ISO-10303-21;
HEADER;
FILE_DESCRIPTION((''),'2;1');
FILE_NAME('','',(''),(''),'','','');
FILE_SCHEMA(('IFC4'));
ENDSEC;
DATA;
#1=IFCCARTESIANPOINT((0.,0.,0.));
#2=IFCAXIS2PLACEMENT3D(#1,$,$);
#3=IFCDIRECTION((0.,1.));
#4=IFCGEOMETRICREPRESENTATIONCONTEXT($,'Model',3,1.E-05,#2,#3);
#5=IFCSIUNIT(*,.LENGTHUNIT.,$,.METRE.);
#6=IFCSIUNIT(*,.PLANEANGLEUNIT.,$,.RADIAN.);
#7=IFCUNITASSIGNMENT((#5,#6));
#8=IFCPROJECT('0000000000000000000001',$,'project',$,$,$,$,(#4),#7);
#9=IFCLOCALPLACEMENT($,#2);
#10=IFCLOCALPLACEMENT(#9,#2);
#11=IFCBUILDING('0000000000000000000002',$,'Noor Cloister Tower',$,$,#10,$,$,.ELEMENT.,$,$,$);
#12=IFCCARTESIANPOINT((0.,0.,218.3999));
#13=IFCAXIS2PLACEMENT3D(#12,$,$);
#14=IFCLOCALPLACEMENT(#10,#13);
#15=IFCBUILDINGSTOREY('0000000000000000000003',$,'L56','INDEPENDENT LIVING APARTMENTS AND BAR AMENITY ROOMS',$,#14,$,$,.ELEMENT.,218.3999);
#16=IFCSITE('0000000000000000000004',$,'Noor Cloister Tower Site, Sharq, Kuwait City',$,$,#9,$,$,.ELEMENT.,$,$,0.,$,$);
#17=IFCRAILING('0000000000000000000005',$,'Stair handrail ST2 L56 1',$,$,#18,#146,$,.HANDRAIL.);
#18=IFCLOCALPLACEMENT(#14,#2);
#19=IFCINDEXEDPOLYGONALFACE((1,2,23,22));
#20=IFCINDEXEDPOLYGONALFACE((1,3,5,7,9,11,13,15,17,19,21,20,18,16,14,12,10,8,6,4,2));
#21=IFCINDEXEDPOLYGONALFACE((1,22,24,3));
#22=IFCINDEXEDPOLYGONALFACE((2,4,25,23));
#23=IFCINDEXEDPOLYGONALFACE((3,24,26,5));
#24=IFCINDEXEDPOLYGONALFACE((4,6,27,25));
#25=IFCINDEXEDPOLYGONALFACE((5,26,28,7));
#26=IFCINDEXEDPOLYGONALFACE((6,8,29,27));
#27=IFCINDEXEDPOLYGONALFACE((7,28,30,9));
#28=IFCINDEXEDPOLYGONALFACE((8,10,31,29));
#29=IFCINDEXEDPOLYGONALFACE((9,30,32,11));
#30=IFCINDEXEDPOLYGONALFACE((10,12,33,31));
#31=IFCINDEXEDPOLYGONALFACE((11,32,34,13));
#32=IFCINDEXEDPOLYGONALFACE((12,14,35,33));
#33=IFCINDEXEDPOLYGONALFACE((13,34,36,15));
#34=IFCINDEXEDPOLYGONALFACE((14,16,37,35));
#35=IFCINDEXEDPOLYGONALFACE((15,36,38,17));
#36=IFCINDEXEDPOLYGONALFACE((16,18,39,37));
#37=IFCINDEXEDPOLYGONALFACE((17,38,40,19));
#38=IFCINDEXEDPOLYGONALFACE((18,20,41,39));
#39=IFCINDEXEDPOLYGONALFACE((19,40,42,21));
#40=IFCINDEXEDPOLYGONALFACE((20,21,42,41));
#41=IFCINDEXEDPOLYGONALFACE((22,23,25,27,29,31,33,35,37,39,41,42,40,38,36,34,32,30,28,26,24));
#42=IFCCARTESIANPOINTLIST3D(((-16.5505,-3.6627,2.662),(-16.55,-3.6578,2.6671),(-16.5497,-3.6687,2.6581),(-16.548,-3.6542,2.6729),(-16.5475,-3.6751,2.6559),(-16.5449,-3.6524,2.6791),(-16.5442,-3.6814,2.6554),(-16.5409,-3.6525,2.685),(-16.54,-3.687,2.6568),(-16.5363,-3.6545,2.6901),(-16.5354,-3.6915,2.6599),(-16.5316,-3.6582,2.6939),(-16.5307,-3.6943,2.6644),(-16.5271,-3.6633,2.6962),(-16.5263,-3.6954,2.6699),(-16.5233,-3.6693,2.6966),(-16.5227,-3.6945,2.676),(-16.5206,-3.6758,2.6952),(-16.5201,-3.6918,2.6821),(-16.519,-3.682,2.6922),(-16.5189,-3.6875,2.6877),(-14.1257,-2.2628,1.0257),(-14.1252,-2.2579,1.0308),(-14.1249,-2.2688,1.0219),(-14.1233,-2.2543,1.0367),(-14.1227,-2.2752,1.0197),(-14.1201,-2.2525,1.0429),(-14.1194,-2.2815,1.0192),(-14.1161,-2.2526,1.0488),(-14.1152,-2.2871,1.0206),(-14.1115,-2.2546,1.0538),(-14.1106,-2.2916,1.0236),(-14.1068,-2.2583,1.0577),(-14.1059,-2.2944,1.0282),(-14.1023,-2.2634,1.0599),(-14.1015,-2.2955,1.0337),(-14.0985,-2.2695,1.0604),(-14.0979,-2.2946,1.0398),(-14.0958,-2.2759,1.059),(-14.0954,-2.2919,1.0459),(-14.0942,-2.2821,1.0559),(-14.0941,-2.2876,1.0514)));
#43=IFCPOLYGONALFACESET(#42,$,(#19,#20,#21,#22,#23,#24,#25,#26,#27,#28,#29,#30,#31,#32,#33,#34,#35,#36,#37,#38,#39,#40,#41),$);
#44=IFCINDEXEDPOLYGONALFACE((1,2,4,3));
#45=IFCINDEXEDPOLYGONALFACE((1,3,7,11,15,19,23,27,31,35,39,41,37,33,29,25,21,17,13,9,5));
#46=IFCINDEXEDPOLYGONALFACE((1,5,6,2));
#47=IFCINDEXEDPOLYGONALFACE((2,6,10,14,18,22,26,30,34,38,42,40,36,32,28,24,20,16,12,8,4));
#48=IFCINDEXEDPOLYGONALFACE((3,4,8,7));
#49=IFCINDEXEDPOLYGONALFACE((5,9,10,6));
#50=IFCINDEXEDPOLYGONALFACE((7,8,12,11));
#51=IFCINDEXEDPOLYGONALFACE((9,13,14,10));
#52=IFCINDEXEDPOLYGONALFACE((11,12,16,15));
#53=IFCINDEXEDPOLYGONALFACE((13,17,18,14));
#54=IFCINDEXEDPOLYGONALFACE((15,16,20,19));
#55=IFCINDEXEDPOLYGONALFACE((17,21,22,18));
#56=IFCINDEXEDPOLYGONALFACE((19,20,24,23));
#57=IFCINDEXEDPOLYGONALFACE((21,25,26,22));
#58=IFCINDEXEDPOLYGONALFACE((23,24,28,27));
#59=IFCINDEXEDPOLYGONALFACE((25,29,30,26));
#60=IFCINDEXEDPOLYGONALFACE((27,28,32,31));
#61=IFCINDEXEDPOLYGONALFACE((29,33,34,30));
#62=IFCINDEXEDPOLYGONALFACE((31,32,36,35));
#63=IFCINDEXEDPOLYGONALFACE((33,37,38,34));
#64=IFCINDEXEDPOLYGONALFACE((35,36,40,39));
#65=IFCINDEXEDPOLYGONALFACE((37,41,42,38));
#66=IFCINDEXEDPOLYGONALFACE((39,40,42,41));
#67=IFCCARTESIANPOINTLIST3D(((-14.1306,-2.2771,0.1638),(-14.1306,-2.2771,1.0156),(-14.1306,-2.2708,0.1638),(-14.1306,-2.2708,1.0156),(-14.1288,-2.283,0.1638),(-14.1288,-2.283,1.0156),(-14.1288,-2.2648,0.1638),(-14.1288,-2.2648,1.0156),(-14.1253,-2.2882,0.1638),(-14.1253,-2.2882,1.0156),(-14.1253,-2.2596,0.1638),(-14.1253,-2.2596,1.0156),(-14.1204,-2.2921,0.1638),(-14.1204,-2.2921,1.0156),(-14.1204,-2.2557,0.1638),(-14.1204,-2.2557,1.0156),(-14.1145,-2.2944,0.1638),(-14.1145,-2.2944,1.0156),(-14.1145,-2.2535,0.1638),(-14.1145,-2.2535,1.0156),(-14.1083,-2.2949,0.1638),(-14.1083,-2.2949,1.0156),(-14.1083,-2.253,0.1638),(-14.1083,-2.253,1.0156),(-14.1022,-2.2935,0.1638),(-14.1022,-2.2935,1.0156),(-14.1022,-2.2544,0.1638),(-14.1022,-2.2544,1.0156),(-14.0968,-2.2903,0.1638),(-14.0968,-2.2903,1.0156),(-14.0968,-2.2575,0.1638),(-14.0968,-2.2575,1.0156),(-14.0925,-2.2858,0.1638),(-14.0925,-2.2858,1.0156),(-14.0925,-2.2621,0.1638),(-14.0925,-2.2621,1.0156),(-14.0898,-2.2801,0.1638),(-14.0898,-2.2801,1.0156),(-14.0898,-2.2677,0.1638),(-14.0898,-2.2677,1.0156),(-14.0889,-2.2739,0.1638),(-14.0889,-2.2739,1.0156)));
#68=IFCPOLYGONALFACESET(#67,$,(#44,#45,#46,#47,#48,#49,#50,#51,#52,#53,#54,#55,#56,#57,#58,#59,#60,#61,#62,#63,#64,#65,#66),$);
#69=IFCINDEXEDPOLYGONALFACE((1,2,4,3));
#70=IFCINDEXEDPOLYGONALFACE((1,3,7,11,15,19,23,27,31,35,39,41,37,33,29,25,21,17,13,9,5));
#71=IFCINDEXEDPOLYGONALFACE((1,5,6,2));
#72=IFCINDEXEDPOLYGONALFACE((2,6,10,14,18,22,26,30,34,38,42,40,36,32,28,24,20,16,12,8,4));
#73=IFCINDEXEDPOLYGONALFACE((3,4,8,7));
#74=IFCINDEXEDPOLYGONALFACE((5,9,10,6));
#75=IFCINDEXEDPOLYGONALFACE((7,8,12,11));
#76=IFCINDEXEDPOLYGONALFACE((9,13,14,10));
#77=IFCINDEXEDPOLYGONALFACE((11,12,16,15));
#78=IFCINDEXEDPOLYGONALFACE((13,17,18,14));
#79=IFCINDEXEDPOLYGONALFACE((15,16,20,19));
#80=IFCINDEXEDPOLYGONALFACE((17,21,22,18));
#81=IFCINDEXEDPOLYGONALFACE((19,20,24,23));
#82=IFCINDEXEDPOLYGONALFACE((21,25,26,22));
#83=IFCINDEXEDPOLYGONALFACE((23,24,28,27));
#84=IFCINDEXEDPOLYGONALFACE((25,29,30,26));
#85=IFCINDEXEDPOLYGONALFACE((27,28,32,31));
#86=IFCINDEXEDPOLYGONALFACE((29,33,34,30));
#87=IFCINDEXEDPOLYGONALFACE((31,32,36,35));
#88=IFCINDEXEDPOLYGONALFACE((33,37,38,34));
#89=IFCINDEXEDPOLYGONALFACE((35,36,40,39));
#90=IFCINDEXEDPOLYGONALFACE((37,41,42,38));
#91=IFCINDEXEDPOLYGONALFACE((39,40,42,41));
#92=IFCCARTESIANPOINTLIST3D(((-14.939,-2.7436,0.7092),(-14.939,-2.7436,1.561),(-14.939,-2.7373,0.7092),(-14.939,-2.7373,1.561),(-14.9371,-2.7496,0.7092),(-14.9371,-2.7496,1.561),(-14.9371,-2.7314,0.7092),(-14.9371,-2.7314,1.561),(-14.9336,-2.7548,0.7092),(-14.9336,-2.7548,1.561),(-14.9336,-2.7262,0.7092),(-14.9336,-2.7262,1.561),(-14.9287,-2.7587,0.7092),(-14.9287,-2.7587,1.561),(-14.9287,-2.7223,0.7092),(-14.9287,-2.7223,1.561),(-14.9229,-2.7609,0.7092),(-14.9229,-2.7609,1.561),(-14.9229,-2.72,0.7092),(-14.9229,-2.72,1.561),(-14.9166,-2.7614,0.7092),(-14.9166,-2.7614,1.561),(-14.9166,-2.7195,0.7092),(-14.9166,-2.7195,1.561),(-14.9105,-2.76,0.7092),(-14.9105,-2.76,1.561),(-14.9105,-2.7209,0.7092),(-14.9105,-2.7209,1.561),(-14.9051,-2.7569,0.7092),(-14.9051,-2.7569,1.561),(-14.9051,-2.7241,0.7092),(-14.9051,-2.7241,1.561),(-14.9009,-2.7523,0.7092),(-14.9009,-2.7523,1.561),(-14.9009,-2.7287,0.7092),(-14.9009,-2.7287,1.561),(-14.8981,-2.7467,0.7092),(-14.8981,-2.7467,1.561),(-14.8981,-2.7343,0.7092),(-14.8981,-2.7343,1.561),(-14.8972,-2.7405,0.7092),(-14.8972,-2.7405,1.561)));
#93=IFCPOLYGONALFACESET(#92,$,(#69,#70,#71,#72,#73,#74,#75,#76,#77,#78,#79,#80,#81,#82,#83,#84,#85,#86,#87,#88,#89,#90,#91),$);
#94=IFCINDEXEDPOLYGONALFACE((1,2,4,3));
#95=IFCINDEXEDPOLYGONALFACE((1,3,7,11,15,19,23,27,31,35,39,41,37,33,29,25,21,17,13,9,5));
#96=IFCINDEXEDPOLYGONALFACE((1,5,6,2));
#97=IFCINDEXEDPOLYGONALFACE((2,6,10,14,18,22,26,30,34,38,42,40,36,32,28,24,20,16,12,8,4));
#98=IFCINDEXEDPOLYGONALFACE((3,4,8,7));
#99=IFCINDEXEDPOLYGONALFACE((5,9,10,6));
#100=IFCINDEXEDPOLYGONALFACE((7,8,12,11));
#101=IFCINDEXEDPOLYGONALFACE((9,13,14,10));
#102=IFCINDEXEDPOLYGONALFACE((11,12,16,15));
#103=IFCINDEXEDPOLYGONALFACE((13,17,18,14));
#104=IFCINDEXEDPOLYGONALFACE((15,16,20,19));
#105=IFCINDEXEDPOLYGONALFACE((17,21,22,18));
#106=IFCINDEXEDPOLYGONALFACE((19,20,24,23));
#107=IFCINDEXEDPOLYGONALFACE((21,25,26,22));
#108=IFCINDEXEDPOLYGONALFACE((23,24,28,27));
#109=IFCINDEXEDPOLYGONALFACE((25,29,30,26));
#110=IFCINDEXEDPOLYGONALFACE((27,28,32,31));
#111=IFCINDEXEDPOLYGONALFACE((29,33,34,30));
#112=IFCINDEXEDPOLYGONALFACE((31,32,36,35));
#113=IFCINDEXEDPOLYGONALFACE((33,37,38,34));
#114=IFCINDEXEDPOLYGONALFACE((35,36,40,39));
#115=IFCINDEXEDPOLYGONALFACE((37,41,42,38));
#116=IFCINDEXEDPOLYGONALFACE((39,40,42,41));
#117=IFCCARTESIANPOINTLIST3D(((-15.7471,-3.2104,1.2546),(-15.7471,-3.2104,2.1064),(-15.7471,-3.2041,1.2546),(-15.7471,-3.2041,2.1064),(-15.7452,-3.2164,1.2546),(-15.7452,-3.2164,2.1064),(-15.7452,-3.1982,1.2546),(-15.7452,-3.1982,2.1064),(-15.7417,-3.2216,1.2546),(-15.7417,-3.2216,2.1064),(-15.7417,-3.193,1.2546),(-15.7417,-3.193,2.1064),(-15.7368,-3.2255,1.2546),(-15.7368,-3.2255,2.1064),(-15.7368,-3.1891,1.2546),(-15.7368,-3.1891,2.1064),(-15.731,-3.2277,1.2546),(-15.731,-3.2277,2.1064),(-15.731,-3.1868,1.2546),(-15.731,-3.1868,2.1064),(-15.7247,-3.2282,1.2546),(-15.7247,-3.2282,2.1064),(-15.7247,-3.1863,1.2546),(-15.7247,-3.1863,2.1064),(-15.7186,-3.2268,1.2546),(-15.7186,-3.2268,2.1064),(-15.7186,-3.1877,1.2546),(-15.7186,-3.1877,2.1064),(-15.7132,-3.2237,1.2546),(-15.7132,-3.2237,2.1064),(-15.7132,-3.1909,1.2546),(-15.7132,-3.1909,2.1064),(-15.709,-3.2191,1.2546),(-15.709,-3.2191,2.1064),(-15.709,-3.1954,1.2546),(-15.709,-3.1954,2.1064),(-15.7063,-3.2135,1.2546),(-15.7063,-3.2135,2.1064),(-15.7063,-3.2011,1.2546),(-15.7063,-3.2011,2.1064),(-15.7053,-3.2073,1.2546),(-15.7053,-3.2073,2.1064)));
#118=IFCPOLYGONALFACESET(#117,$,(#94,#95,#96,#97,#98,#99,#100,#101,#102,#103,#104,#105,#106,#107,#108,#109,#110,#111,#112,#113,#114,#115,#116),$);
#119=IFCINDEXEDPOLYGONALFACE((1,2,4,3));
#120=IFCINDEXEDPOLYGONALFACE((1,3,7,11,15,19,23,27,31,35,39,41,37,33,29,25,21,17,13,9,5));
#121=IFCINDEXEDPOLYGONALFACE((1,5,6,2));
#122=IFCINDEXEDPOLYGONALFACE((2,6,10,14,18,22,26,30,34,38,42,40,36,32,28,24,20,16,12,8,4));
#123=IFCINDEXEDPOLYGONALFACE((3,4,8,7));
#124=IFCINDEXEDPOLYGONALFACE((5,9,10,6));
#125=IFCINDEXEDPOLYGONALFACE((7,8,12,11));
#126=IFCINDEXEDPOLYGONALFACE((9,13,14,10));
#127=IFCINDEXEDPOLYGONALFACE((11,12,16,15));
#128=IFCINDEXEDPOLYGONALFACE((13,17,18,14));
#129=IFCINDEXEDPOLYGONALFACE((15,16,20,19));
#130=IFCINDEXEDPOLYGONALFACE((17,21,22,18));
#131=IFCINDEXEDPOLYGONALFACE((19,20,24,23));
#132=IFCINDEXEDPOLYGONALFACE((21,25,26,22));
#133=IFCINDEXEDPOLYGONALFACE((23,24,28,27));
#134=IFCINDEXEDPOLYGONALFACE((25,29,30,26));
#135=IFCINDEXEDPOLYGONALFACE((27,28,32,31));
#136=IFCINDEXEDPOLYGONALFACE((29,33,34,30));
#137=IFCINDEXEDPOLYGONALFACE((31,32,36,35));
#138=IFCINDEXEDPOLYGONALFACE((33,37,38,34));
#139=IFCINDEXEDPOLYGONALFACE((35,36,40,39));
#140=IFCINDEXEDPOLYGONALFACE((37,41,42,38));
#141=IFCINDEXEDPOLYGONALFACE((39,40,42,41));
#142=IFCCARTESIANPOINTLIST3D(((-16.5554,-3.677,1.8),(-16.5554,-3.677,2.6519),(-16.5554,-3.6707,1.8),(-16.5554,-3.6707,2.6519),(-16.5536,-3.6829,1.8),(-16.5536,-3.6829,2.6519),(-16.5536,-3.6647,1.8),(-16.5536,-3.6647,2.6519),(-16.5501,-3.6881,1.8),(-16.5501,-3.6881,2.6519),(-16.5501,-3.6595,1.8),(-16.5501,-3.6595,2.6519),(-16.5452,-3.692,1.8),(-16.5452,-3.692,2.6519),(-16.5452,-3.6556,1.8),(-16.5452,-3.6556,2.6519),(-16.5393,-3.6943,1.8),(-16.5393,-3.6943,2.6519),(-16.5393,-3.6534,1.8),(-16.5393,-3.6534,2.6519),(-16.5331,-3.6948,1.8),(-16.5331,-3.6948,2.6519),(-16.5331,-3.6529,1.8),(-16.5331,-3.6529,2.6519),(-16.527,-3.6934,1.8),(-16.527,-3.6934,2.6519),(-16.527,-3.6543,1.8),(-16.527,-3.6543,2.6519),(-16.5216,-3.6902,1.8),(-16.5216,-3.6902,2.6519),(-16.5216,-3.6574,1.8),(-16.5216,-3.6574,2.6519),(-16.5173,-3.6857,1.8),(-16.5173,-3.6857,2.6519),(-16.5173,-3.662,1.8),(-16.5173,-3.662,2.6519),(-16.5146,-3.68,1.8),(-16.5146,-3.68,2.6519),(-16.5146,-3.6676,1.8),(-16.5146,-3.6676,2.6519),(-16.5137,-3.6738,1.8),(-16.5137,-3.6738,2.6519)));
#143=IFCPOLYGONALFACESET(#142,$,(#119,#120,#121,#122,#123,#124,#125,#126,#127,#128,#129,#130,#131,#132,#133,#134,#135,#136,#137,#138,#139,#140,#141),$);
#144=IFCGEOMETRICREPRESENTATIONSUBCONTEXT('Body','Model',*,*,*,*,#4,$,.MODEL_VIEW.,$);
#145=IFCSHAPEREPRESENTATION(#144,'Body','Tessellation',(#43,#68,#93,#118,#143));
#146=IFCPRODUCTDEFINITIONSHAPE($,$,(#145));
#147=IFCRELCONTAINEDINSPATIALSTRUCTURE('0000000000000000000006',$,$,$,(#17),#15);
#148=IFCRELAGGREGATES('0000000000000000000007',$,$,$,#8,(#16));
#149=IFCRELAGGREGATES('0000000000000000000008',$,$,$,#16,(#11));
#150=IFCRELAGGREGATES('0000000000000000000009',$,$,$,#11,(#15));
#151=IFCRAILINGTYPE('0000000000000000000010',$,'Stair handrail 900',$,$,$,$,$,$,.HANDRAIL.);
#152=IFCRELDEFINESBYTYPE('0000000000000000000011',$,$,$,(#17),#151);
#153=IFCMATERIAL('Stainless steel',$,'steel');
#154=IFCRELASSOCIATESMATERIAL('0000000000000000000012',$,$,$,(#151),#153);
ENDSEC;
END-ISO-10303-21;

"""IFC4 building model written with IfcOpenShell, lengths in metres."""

from ifc_helpers import new_model, si_unit, direction, frame, origin, origin_2d, place, context, subcontext, project, spatial, circle, extrude, material, type_object, element, save


model = new_model("IFC4")

# Units and contexts
model_context = context("Model", 3, precision=1e-05, world=origin(), true_north=direction((0.0, 1.0)))
body_context = subcontext(model_context, "Body", "Model", "MODEL_VIEW")
ifc_project = project(units=[si_unit("LENGTHUNIT", "METRE"), si_unit("PLANEANGLEUNIT", "RADIAN")], contexts=[model_context])

# Site, building, storey
site_placement = place(None, origin())
site = spatial("IfcSite", under=ifc_project, at=site_placement, Name="Noor Cloister Tower Site, Sharq, Kuwait City", CompositionType="ELEMENT", RefElevation=0.0)
building_placement = place(site_placement, origin())
building = spatial("IfcBuilding", under=site, at=building_placement, Name="Noor Cloister Tower", CompositionType="ELEMENT")
storey_placement = place(building_placement, frame((0.0, 0.0, 218.3999)))
storey = spatial("IfcBuildingStorey", under=building, at=storey_placement, Name="L56", Description="INDEPENDENT LIVING APARTMENTS AND BAR AMENITY ROOMS", CompositionType="ELEMENT", Elevation=218.3999)

# Railing
ifc_material_1 = material(Name="Stainless steel", Category="steel")
railing_type_1 = type_object("IfcRailingType", Name="Stair handrail 900", PredefinedType="HANDRAIL", material=ifc_material_1)
railing_1_placement = place(storey_placement, frame((-14.1099, -2.2739, 0.1638)))
element("IfcRailing", 1, at=railing_1_placement, inside=storey, type_object=railing_type_1, Name="Stair handrail ST2 L56 1", PredefinedType="HANDRAIL", context=body_context, shape_type="SweptSolid", body=[
    extrude(circle(Radius=0.0239, at=origin_2d()), frame((0.0, 0.0, 0.876), z_axis=(-0.747718, -0.431677, 0.504552), x_axis=(0.499984, -0.866035, 0.0)), (0.0, 0.0, 1.0), 3.2429),
    extrude(circle(Radius=0.021, at=origin_2d()), origin(), (0.0, 0.0, 1.0), 0.8518),
    extrude(circle(Radius=0.021, at=origin_2d()), frame((-0.8083, -0.4666, 0.5454)), (0.0, 0.0, 1.0), 0.8518),
    extrude(circle(Radius=0.021, at=origin_2d()), frame((-1.6165, -0.9333, 1.0908)), (0.0, 0.0, 1.0), 0.8518),
    extrude(circle(Radius=0.021, at=origin_2d()), frame((-2.4248, -1.3999, 1.6362)), (0.0, 0.0, 1.0), 0.8518),
])

save(model, "model.ifc")
